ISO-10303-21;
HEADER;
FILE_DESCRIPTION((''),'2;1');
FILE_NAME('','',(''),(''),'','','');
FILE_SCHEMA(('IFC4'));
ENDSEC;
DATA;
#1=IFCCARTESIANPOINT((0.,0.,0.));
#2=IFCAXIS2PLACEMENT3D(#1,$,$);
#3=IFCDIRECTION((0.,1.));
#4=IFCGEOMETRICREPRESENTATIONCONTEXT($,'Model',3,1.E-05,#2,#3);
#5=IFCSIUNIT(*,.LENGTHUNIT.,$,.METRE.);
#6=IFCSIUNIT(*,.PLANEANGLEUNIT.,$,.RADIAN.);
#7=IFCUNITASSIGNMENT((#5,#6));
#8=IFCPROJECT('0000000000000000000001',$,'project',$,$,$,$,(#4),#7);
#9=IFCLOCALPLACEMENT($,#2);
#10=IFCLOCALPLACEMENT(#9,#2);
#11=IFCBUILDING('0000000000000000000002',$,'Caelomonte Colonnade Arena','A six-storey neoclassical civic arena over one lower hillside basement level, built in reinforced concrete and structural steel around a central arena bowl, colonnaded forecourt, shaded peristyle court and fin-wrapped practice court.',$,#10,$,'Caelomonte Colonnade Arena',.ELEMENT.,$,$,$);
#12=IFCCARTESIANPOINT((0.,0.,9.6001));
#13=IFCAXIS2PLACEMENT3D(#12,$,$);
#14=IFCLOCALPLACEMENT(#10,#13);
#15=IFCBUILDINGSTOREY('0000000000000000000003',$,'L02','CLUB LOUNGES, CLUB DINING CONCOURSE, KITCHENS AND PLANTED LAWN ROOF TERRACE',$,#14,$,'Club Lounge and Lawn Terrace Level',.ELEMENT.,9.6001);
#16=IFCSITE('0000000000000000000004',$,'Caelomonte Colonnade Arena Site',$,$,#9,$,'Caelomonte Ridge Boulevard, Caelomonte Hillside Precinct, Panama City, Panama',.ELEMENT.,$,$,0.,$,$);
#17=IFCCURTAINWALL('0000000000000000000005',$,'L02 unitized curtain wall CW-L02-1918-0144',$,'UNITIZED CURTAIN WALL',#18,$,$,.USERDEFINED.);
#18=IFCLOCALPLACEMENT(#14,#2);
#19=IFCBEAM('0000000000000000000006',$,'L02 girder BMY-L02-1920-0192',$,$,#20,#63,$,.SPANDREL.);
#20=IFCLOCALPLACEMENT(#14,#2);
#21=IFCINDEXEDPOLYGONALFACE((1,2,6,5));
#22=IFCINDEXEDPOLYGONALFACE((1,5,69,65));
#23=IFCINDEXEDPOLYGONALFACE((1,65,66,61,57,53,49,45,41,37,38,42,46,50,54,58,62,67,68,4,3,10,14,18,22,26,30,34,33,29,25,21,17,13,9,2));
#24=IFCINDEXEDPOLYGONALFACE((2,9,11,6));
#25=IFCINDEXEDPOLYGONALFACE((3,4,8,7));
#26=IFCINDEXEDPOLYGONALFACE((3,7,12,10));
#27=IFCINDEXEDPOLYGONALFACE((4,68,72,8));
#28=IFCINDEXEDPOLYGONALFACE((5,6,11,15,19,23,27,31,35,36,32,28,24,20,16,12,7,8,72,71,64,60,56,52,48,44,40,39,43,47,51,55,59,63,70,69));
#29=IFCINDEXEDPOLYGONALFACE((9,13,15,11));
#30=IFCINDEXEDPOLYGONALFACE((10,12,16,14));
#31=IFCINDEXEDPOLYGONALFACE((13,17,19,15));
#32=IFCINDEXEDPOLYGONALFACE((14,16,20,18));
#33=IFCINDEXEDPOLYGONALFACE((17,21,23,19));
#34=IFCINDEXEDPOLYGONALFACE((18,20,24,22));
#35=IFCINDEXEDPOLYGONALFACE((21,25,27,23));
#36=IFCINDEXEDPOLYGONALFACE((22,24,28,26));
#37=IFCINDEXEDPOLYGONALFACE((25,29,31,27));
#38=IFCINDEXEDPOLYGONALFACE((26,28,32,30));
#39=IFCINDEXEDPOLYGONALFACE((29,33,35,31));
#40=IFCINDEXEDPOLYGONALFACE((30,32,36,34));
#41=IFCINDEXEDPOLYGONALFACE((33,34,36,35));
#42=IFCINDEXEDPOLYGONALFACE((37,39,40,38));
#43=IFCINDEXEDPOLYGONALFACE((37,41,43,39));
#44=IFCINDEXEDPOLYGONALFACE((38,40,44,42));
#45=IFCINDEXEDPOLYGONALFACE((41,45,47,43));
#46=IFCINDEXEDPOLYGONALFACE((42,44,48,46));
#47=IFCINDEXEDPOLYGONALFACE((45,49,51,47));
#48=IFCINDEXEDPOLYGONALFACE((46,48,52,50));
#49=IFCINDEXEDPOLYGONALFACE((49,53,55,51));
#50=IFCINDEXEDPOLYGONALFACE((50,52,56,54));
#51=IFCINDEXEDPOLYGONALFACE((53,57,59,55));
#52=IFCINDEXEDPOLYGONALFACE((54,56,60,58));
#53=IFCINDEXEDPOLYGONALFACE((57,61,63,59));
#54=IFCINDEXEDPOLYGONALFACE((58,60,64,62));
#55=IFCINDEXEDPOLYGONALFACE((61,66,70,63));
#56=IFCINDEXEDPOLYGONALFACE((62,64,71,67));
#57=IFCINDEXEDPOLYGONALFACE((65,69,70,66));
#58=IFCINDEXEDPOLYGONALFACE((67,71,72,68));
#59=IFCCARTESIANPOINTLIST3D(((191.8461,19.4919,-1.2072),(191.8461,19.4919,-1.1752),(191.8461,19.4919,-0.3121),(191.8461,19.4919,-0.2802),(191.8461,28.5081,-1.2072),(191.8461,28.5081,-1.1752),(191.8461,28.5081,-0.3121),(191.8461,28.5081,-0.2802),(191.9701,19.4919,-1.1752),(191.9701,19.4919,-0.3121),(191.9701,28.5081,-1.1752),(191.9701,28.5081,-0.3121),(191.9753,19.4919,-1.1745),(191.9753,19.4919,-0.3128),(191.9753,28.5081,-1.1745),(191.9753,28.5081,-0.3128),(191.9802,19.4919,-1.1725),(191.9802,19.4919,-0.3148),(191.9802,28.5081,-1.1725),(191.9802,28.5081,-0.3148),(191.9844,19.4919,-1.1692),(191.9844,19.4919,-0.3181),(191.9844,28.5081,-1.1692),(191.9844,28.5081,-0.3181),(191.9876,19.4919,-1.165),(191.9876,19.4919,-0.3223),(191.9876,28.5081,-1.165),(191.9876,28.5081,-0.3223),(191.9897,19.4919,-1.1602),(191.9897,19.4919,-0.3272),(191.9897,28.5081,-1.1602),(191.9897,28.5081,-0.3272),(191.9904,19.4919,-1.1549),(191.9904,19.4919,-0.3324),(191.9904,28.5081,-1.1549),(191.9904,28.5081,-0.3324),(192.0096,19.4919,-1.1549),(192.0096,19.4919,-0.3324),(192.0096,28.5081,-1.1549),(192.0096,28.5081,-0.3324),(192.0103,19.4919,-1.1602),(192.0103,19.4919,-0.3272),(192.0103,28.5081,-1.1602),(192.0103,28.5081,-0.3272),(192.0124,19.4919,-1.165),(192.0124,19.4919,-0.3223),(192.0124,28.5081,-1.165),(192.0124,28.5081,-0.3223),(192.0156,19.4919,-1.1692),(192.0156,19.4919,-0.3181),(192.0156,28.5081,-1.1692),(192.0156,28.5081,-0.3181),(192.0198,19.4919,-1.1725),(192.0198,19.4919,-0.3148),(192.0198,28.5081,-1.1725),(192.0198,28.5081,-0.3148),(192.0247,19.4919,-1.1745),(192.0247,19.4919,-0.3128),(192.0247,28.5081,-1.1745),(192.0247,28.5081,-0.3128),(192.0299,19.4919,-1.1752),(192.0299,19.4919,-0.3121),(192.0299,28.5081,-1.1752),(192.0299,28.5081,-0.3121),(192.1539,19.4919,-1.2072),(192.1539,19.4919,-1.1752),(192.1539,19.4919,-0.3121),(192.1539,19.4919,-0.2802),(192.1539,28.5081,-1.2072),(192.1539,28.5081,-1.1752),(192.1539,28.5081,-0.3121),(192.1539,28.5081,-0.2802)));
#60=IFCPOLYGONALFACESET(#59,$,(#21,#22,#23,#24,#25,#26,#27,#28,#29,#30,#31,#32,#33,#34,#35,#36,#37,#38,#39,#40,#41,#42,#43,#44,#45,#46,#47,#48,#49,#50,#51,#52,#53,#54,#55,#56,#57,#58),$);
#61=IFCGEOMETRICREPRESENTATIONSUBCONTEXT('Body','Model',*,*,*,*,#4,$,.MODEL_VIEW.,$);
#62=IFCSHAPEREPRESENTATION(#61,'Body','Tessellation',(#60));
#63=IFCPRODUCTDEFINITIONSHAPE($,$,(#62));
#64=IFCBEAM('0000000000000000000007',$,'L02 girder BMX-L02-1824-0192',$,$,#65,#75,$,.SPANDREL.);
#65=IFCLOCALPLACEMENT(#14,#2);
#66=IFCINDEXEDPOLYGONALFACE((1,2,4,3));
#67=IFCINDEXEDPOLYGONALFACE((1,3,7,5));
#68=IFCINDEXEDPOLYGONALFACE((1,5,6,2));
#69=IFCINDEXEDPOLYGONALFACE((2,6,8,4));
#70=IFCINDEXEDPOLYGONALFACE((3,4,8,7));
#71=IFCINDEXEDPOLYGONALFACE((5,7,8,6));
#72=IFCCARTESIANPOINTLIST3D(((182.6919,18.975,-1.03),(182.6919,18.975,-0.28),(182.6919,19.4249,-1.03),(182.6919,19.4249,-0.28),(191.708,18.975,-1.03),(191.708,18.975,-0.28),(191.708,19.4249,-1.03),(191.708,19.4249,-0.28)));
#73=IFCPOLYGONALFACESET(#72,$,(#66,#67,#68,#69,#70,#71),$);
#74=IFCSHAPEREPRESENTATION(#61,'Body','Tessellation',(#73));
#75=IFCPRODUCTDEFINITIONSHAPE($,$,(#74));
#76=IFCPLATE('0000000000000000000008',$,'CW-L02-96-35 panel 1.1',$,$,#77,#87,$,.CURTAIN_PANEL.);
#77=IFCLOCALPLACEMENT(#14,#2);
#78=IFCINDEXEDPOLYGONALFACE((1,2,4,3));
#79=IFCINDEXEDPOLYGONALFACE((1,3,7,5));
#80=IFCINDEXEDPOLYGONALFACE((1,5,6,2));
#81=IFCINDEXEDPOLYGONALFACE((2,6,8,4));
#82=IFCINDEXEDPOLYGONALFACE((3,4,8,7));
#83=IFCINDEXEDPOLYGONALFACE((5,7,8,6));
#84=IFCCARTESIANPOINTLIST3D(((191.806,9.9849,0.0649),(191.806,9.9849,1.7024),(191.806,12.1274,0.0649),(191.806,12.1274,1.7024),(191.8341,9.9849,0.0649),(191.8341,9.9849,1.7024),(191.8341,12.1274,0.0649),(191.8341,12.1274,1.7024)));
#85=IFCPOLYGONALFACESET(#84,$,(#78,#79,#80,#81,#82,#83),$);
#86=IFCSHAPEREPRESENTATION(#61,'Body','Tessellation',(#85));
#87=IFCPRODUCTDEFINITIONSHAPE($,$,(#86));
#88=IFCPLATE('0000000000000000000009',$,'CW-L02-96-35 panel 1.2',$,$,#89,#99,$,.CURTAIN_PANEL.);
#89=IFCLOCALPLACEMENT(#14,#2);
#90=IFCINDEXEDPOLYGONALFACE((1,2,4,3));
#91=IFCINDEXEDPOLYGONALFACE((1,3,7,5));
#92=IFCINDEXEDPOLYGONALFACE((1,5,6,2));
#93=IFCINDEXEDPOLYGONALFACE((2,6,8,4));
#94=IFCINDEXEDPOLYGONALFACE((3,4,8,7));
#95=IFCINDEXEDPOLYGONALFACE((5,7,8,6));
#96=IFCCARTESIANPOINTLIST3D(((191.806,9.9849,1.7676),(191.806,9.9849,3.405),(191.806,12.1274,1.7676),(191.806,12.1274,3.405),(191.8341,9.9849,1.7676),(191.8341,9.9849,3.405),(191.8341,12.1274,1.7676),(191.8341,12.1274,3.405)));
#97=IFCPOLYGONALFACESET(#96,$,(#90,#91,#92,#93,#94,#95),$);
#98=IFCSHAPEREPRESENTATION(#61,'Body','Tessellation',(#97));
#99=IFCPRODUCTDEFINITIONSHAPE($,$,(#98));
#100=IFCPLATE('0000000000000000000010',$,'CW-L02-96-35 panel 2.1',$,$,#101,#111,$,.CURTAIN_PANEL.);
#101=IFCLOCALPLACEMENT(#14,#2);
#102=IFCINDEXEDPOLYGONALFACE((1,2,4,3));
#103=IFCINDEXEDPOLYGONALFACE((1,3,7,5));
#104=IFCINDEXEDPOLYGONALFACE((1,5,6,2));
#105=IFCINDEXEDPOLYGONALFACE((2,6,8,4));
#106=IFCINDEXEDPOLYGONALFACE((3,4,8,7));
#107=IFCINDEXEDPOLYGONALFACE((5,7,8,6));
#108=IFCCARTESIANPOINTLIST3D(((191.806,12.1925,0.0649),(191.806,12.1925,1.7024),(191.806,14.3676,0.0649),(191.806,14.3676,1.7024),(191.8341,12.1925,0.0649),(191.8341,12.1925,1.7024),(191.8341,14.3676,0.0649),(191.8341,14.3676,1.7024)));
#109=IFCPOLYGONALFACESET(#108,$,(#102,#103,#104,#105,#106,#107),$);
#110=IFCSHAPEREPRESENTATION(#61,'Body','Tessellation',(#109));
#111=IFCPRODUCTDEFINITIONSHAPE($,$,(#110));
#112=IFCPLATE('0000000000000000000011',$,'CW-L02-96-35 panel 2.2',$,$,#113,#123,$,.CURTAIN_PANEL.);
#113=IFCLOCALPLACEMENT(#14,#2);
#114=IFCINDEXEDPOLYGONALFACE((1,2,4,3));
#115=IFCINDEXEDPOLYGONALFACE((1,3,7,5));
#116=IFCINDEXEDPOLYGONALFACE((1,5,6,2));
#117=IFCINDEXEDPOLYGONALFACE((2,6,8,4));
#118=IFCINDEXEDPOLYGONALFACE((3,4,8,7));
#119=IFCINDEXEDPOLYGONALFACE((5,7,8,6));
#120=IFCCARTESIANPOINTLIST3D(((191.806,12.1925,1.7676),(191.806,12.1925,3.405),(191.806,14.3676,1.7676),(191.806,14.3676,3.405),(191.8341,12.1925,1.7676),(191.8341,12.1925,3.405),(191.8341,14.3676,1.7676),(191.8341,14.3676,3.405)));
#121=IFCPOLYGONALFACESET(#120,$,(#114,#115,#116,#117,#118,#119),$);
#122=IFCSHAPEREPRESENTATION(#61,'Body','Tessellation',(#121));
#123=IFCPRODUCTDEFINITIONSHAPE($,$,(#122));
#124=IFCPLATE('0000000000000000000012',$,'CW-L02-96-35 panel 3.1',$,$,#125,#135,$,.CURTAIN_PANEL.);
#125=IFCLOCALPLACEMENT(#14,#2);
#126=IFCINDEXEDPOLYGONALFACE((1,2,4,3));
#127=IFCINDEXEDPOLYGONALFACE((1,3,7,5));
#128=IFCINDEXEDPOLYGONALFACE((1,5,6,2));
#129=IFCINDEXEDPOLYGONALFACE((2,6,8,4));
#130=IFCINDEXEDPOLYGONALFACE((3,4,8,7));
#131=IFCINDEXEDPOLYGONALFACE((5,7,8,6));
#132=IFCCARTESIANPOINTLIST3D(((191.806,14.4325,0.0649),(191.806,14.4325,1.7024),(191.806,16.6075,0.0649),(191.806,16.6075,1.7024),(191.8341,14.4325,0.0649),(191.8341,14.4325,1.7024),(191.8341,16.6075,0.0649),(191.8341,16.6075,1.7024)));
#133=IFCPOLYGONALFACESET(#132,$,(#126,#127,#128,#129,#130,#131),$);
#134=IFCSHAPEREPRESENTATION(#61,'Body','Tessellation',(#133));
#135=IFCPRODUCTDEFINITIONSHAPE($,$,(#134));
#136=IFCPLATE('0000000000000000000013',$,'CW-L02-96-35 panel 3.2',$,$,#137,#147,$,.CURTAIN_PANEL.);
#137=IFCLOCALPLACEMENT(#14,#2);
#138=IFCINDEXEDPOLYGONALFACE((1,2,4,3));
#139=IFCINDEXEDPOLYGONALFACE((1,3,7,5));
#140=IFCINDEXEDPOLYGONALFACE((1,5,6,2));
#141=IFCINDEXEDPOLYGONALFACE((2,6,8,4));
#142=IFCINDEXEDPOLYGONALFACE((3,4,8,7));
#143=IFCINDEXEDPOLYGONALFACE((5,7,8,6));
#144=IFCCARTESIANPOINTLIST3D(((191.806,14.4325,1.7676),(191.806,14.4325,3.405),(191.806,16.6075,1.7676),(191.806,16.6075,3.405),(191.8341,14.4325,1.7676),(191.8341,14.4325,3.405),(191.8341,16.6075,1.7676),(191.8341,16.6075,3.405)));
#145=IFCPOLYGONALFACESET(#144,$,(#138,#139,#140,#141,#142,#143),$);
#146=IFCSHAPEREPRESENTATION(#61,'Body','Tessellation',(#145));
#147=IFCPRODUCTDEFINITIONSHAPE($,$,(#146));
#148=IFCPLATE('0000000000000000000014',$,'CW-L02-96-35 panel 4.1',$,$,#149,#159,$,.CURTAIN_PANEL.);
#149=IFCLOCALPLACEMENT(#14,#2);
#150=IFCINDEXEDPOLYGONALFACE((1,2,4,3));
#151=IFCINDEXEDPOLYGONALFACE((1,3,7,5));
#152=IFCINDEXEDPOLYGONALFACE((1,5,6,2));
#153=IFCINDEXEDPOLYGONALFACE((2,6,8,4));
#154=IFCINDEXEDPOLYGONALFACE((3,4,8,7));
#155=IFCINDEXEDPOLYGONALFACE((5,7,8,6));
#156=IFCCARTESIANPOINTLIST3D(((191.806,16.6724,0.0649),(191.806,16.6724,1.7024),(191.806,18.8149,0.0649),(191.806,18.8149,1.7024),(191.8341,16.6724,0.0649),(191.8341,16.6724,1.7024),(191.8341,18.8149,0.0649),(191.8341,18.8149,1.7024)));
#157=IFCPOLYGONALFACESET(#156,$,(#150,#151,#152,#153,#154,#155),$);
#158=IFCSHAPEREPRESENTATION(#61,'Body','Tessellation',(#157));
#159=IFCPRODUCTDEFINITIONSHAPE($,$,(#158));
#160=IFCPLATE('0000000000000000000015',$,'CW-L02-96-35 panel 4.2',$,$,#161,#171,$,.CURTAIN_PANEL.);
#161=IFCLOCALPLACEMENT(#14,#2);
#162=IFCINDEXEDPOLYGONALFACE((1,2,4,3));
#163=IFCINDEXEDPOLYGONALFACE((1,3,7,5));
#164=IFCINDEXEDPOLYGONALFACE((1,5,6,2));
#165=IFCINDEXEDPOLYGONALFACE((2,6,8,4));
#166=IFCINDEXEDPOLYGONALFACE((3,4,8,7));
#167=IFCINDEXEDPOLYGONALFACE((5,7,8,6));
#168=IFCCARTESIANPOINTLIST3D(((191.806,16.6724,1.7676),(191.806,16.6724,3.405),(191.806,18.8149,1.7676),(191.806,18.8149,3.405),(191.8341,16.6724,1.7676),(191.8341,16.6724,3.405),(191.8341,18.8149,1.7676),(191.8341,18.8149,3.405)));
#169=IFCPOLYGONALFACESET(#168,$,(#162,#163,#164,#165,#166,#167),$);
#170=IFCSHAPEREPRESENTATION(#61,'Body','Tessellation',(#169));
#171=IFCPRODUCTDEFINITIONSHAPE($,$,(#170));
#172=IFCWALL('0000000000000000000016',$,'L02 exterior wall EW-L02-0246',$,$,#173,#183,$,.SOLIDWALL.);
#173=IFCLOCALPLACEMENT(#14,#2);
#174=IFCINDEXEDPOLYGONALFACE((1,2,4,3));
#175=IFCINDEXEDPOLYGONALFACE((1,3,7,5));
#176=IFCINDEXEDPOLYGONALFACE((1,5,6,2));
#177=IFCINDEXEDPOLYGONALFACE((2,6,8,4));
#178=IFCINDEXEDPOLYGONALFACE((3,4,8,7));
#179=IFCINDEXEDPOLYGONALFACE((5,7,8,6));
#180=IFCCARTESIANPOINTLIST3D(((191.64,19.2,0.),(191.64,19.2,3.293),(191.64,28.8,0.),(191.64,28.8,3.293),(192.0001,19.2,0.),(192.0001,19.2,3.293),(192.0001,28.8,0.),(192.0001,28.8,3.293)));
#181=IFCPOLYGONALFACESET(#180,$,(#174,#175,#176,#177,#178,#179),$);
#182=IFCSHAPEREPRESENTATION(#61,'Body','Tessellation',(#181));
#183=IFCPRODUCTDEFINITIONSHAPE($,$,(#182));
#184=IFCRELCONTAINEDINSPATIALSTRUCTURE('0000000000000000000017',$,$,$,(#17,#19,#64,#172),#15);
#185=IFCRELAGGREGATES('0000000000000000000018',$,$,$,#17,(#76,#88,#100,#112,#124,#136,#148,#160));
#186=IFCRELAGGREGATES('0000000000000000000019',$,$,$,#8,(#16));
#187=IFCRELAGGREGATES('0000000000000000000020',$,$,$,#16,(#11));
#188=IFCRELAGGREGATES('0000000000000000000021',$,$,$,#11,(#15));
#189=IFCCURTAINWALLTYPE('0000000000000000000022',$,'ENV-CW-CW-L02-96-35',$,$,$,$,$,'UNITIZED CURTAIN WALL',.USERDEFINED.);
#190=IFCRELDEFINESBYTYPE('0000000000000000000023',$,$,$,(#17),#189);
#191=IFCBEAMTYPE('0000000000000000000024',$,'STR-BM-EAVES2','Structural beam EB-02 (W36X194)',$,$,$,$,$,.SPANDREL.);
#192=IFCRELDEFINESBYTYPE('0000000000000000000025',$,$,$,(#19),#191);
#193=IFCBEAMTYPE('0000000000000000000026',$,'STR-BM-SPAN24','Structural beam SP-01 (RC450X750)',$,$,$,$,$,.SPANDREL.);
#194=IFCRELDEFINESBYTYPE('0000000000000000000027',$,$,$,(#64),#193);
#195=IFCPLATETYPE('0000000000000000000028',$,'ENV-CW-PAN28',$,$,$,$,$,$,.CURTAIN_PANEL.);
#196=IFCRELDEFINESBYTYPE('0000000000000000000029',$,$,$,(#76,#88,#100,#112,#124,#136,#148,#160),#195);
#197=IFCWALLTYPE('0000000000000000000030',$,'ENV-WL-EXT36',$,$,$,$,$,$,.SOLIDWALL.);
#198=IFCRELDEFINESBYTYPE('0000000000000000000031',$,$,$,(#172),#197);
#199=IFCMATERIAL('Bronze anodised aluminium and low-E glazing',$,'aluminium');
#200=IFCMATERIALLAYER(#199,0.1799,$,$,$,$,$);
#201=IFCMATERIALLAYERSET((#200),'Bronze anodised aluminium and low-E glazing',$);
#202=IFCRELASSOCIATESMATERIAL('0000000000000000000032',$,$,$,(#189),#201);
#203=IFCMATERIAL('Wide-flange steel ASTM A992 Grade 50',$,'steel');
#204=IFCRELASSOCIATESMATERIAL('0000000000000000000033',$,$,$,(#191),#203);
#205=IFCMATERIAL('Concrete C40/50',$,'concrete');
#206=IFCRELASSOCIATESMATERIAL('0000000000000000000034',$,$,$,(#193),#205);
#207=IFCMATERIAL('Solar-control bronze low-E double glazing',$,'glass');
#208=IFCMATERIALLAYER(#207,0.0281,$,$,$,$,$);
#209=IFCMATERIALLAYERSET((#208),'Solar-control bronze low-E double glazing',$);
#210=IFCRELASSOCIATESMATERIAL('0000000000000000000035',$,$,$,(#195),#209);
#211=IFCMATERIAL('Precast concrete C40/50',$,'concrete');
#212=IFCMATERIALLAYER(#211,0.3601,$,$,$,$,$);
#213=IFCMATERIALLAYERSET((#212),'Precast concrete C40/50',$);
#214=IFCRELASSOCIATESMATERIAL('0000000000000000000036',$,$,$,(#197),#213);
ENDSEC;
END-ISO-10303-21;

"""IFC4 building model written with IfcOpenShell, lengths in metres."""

from ifc_helpers import new_model, si_unit, direction, frame, frame_2d, origin, origin_2d, place, context, subcontext, project, spatial, rectangle, i_section, extrude, material, layer, layer_set, material_profile, profile_set, type_object, element, aggregate, save


model = new_model("IFC4")

# Units and contexts
model_context = context("Model", 3, precision=1e-05, world=origin(), true_north=direction((0.0, 1.0)))
body_context = subcontext(model_context, "Body", "Model", "MODEL_VIEW")
ifc_project = project(units=[si_unit("LENGTHUNIT", "METRE"), si_unit("PLANEANGLEUNIT", "RADIAN")], contexts=[model_context])

# Site, building, storey
site_placement = place(None, origin())
site = spatial("IfcSite", under=ifc_project, at=site_placement, Name="Caelomonte Colonnade Arena Site", LongName="Caelomonte Ridge Boulevard, Caelomonte Hillside Precinct, Panama City, Panama", CompositionType="ELEMENT", RefElevation=0.0)
building_placement = place(site_placement, origin())
building = spatial("IfcBuilding", under=site, at=building_placement, Name="Caelomonte Colonnade Arena", Description="A six-storey neoclassical civic arena over one lower hillside basement level, built in reinforced concrete and structural steel around a central arena bowl, colonnaded forecourt, shaded peristyle court and fin-wrapped practice court.", LongName="Caelomonte Colonnade Arena", CompositionType="ELEMENT")
storey_placement = place(building_placement, frame((0.0, 0.0, 9.6001)))
storey = spatial("IfcBuildingStorey", under=building, at=storey_placement, Name="L02", Description="CLUB LOUNGES, CLUB DINING CONCOURSE, KITCHENS AND PLANTED LAWN ROOF TERRACE", LongName="Club Lounge and Lawn Terrace Level", CompositionType="ELEMENT", Elevation=9.6001)

# Shared definitions
ifc_material_1 = material(Name="Concrete C40/50", Category="concrete")

# Curtain wall
ifc_material_2 = material(Name="Bronze anodised aluminium and low-E glazing", Category="aluminium")
ifc_layer_1 = layer(ifc_material_2, 0.1799)
ifc_layer_set_1 = layer_set([ifc_layer_1], Name="Bronze anodised aluminium and low-E glazing")
curtain_wall_type = type_object("IfcCurtainWallType", Name="ENV-CW-CW-L02-96-35", ElementType="UNITIZED CURTAIN WALL", PredefinedType="USERDEFINED", material=ifc_layer_set_1)
curtain_wall_placement = place(storey_placement, origin())
curtain_wall = element("IfcCurtainWall", 1, at=curtain_wall_placement, inside=storey, type_object=curtain_wall_type, Name="L02 unitized curtain wall CW-L02-1918-0144", ObjectType="UNITIZED CURTAIN WALL", PredefinedType="USERDEFINED")

# Beams
ifc_material_3 = material(Name="Wide-flange steel ASTM A992 Grade 50", Category="steel")
ifc_material_profile_1 = material_profile(ifc_material_3, i_section(OverallWidth=0.3079, OverallDepth=0.927, WebThickness=0.0193, FlangeThickness=0.032, FilletRadius=0.0203, at=origin_2d()), Name="W36X194")
ifc_profile_set_1 = profile_set([ifc_material_profile_1], Name="Wide-flange steel ASTM A992 Grade 50")
beam_type_1 = type_object("IfcBeamType", Name="STR-BM-EAVES2", Description="Structural beam EB-02 (W36X194)", PredefinedType="SPANDREL", material=ifc_profile_set_1)
beam_1_placement = place(storey_placement, frame((192.0, 19.4919, -0.7437), z_axis=(0.0, 1.0, 0.0), x_axis=(-1.0, 0.0, 0.0)))
element("IfcBeam", 2, at=beam_1_placement, inside=storey, type_object=beam_type_1, Name="L02 girder BMY-L02-1920-0192", PredefinedType="SPANDREL", context=body_context, shape_type="SweptSolid", body=[
    extrude(i_section(OverallWidth=0.3079, OverallDepth=0.927, WebThickness=0.0193, FlangeThickness=0.032, FilletRadius=0.0203, at=origin_2d()), origin(), (0.0, 0.0, 1.0), 9.0161),
])
ifc_material_profile_2 = material_profile(ifc_material_1, rectangle(XDim=0.45, YDim=0.75, at=origin_2d()), Name="RC450X750")
ifc_profile_set_2 = profile_set([ifc_material_profile_2], Name="Concrete C40/50")
beam_type_2 = type_object("IfcBeamType", Name="STR-BM-SPAN24", Description="Structural beam SP-01 (RC450X750)", PredefinedType="SPANDREL", material=ifc_profile_set_2)
beam_2_placement = place(storey_placement, frame((182.6919, 19.2, -0.655), z_axis=(1.0, 0.0, 0.0), x_axis=(0.0, 1.0, 0.0)))
element("IfcBeam", 3, at=beam_2_placement, inside=storey, type_object=beam_type_2, Name="L02 girder BMX-L02-1824-0192", PredefinedType="SPANDREL", context=body_context, shape_type="SweptSolid", body=[
    extrude(rectangle(XDim=0.45, YDim=0.75, at=origin_2d()), origin(), (0.0, 0.0, 1.0), 9.0161),
])

# Plates
ifc_material_4 = material(Name="Solar-control bronze low-E double glazing", Category="glass")
ifc_layer_2 = layer(ifc_material_4, 0.0281)
ifc_layer_set_2 = layer_set([ifc_layer_2], Name="Solar-control bronze low-E double glazing")
plate_type = type_object("IfcPlateType", Name="ENV-CW-PAN28", PredefinedType="CURTAIN_PANEL", material=ifc_layer_set_2)
plate_1_placement = place(storey_placement, frame((191.8201, 11.0562, 0.0649), z_axis=(0.0, 0.0, 1.0), x_axis=(0.0, 1.0, 0.0)))
plate_1 = element("IfcPlate", 4, at=plate_1_placement, type_object=plate_type, Name="CW-L02-96-35 panel 1.1", PredefinedType="CURTAIN_PANEL", context=body_context, shape_type="SweptSolid", body=[
    extrude(rectangle(XDim=2.1426, YDim=0.0281, at=origin_2d()), origin(), (0.0, 0.0, 1.0), 1.6375),
])
plate_2_placement = place(storey_placement, frame((191.8201, 11.0562, 1.7676), z_axis=(0.0, 0.0, 1.0), x_axis=(0.0, 1.0, 0.0)))
plate_2 = element("IfcPlate", 5, at=plate_2_placement, type_object=plate_type, Name="CW-L02-96-35 panel 1.2", PredefinedType="CURTAIN_PANEL", context=body_context, shape_type="SweptSolid", body=[
    extrude(rectangle(XDim=2.1426, YDim=0.0281, at=origin_2d()), origin(), (0.0, 0.0, 1.0), 1.6375),
])
plate_3_placement = place(storey_placement, frame((191.8201, 13.28, 0.0649), z_axis=(0.0, 0.0, 1.0), x_axis=(0.0, 1.0, 0.0)))
plate_3 = element("IfcPlate", 6, at=plate_3_placement, type_object=plate_type, Name="CW-L02-96-35 panel 2.1", PredefinedType="CURTAIN_PANEL", context=body_context, shape_type="SweptSolid", body=[
    extrude(rectangle(XDim=2.175, YDim=0.0281, at=origin_2d()), origin(), (0.0, 0.0, 1.0), 1.6375),
])
plate_4_placement = place(storey_placement, frame((191.8201, 13.28, 1.7676), z_axis=(0.0, 0.0, 1.0), x_axis=(0.0, 1.0, 0.0)))
plate_4 = element("IfcPlate", 7, at=plate_4_placement, type_object=plate_type, Name="CW-L02-96-35 panel 2.2", PredefinedType="CURTAIN_PANEL", context=body_context, shape_type="SweptSolid", body=[
    extrude(rectangle(XDim=2.175, YDim=0.0281, at=origin_2d()), origin(), (0.0, 0.0, 1.0), 1.6375),
])
plate_5_placement = place(storey_placement, frame((191.8201, 15.52, 0.0649), z_axis=(0.0, 0.0, 1.0), x_axis=(0.0, 1.0, 0.0)))
plate_5 = element("IfcPlate", 8, at=plate_5_placement, type_object=plate_type, Name="CW-L02-96-35 panel 3.1", PredefinedType="CURTAIN_PANEL", context=body_context, shape_type="SweptSolid", body=[
    extrude(rectangle(XDim=2.175, YDim=0.0281, at=origin_2d()), origin(), (0.0, 0.0, 1.0), 1.6375),
])
plate_6_placement = place(storey_placement, frame((191.8201, 15.52, 1.7676), z_axis=(0.0, 0.0, 1.0), x_axis=(0.0, 1.0, 0.0)))
plate_6 = element("IfcPlate", 9, at=plate_6_placement, type_object=plate_type, Name="CW-L02-96-35 panel 3.2", PredefinedType="CURTAIN_PANEL", context=body_context, shape_type="SweptSolid", body=[
    extrude(rectangle(XDim=2.175, YDim=0.0281, at=origin_2d()), origin(), (0.0, 0.0, 1.0), 1.6375),
])
plate_7_placement = place(storey_placement, frame((191.8201, 17.7437, 0.0649), z_axis=(0.0, 0.0, 1.0), x_axis=(0.0, 1.0, 0.0)))
plate_7 = element("IfcPlate", 10, at=plate_7_placement, type_object=plate_type, Name="CW-L02-96-35 panel 4.1", PredefinedType="CURTAIN_PANEL", context=body_context, shape_type="SweptSolid", body=[
    extrude(rectangle(XDim=2.1426, YDim=0.0281, at=origin_2d()), origin(), (0.0, 0.0, 1.0), 1.6375),
])
plate_8_placement = place(storey_placement, frame((191.8201, 17.7437, 1.7676), z_axis=(0.0, 0.0, 1.0), x_axis=(0.0, 1.0, 0.0)))
plate_8 = element("IfcPlate", 11, at=plate_8_placement, type_object=plate_type, Name="CW-L02-96-35 panel 4.2", PredefinedType="CURTAIN_PANEL", context=body_context, shape_type="SweptSolid", body=[
    extrude(rectangle(XDim=2.1426, YDim=0.0281, at=origin_2d()), origin(), (0.0, 0.0, 1.0), 1.6375),
])
aggregate(curtain_wall, [plate_1, plate_2, plate_3, plate_4, plate_5, plate_6, plate_7, plate_8])

# Wall
ifc_material_5 = material(Name="Precast concrete C40/50", Category="concrete")
ifc_layer_3 = layer(ifc_material_5, 0.3601)
ifc_layer_set_3 = layer_set([ifc_layer_3], Name="Precast concrete C40/50")
wall_type = type_object("IfcWallType", Name="ENV-WL-EXT36", PredefinedType="SOLIDWALL", material=ifc_layer_set_3)
wall_placement = place(storey_placement, frame((191.8201, 19.2, 0.0), z_axis=(0.0, 0.0, 1.0), x_axis=(0.0, 1.0, 0.0)))
element("IfcWall", 12, at=wall_placement, inside=storey, type_object=wall_type, Name="L02 exterior wall EW-L02-0246", PredefinedType="SOLIDWALL", context=body_context, shape_type="SweptSolid", body=[
    extrude(rectangle(XDim=9.6001, YDim=0.3601, at=frame_2d((4.8, 0.0))), origin(), (0.0, 0.0, 1.0), 3.293),
])

save(model, "model.ifc")
